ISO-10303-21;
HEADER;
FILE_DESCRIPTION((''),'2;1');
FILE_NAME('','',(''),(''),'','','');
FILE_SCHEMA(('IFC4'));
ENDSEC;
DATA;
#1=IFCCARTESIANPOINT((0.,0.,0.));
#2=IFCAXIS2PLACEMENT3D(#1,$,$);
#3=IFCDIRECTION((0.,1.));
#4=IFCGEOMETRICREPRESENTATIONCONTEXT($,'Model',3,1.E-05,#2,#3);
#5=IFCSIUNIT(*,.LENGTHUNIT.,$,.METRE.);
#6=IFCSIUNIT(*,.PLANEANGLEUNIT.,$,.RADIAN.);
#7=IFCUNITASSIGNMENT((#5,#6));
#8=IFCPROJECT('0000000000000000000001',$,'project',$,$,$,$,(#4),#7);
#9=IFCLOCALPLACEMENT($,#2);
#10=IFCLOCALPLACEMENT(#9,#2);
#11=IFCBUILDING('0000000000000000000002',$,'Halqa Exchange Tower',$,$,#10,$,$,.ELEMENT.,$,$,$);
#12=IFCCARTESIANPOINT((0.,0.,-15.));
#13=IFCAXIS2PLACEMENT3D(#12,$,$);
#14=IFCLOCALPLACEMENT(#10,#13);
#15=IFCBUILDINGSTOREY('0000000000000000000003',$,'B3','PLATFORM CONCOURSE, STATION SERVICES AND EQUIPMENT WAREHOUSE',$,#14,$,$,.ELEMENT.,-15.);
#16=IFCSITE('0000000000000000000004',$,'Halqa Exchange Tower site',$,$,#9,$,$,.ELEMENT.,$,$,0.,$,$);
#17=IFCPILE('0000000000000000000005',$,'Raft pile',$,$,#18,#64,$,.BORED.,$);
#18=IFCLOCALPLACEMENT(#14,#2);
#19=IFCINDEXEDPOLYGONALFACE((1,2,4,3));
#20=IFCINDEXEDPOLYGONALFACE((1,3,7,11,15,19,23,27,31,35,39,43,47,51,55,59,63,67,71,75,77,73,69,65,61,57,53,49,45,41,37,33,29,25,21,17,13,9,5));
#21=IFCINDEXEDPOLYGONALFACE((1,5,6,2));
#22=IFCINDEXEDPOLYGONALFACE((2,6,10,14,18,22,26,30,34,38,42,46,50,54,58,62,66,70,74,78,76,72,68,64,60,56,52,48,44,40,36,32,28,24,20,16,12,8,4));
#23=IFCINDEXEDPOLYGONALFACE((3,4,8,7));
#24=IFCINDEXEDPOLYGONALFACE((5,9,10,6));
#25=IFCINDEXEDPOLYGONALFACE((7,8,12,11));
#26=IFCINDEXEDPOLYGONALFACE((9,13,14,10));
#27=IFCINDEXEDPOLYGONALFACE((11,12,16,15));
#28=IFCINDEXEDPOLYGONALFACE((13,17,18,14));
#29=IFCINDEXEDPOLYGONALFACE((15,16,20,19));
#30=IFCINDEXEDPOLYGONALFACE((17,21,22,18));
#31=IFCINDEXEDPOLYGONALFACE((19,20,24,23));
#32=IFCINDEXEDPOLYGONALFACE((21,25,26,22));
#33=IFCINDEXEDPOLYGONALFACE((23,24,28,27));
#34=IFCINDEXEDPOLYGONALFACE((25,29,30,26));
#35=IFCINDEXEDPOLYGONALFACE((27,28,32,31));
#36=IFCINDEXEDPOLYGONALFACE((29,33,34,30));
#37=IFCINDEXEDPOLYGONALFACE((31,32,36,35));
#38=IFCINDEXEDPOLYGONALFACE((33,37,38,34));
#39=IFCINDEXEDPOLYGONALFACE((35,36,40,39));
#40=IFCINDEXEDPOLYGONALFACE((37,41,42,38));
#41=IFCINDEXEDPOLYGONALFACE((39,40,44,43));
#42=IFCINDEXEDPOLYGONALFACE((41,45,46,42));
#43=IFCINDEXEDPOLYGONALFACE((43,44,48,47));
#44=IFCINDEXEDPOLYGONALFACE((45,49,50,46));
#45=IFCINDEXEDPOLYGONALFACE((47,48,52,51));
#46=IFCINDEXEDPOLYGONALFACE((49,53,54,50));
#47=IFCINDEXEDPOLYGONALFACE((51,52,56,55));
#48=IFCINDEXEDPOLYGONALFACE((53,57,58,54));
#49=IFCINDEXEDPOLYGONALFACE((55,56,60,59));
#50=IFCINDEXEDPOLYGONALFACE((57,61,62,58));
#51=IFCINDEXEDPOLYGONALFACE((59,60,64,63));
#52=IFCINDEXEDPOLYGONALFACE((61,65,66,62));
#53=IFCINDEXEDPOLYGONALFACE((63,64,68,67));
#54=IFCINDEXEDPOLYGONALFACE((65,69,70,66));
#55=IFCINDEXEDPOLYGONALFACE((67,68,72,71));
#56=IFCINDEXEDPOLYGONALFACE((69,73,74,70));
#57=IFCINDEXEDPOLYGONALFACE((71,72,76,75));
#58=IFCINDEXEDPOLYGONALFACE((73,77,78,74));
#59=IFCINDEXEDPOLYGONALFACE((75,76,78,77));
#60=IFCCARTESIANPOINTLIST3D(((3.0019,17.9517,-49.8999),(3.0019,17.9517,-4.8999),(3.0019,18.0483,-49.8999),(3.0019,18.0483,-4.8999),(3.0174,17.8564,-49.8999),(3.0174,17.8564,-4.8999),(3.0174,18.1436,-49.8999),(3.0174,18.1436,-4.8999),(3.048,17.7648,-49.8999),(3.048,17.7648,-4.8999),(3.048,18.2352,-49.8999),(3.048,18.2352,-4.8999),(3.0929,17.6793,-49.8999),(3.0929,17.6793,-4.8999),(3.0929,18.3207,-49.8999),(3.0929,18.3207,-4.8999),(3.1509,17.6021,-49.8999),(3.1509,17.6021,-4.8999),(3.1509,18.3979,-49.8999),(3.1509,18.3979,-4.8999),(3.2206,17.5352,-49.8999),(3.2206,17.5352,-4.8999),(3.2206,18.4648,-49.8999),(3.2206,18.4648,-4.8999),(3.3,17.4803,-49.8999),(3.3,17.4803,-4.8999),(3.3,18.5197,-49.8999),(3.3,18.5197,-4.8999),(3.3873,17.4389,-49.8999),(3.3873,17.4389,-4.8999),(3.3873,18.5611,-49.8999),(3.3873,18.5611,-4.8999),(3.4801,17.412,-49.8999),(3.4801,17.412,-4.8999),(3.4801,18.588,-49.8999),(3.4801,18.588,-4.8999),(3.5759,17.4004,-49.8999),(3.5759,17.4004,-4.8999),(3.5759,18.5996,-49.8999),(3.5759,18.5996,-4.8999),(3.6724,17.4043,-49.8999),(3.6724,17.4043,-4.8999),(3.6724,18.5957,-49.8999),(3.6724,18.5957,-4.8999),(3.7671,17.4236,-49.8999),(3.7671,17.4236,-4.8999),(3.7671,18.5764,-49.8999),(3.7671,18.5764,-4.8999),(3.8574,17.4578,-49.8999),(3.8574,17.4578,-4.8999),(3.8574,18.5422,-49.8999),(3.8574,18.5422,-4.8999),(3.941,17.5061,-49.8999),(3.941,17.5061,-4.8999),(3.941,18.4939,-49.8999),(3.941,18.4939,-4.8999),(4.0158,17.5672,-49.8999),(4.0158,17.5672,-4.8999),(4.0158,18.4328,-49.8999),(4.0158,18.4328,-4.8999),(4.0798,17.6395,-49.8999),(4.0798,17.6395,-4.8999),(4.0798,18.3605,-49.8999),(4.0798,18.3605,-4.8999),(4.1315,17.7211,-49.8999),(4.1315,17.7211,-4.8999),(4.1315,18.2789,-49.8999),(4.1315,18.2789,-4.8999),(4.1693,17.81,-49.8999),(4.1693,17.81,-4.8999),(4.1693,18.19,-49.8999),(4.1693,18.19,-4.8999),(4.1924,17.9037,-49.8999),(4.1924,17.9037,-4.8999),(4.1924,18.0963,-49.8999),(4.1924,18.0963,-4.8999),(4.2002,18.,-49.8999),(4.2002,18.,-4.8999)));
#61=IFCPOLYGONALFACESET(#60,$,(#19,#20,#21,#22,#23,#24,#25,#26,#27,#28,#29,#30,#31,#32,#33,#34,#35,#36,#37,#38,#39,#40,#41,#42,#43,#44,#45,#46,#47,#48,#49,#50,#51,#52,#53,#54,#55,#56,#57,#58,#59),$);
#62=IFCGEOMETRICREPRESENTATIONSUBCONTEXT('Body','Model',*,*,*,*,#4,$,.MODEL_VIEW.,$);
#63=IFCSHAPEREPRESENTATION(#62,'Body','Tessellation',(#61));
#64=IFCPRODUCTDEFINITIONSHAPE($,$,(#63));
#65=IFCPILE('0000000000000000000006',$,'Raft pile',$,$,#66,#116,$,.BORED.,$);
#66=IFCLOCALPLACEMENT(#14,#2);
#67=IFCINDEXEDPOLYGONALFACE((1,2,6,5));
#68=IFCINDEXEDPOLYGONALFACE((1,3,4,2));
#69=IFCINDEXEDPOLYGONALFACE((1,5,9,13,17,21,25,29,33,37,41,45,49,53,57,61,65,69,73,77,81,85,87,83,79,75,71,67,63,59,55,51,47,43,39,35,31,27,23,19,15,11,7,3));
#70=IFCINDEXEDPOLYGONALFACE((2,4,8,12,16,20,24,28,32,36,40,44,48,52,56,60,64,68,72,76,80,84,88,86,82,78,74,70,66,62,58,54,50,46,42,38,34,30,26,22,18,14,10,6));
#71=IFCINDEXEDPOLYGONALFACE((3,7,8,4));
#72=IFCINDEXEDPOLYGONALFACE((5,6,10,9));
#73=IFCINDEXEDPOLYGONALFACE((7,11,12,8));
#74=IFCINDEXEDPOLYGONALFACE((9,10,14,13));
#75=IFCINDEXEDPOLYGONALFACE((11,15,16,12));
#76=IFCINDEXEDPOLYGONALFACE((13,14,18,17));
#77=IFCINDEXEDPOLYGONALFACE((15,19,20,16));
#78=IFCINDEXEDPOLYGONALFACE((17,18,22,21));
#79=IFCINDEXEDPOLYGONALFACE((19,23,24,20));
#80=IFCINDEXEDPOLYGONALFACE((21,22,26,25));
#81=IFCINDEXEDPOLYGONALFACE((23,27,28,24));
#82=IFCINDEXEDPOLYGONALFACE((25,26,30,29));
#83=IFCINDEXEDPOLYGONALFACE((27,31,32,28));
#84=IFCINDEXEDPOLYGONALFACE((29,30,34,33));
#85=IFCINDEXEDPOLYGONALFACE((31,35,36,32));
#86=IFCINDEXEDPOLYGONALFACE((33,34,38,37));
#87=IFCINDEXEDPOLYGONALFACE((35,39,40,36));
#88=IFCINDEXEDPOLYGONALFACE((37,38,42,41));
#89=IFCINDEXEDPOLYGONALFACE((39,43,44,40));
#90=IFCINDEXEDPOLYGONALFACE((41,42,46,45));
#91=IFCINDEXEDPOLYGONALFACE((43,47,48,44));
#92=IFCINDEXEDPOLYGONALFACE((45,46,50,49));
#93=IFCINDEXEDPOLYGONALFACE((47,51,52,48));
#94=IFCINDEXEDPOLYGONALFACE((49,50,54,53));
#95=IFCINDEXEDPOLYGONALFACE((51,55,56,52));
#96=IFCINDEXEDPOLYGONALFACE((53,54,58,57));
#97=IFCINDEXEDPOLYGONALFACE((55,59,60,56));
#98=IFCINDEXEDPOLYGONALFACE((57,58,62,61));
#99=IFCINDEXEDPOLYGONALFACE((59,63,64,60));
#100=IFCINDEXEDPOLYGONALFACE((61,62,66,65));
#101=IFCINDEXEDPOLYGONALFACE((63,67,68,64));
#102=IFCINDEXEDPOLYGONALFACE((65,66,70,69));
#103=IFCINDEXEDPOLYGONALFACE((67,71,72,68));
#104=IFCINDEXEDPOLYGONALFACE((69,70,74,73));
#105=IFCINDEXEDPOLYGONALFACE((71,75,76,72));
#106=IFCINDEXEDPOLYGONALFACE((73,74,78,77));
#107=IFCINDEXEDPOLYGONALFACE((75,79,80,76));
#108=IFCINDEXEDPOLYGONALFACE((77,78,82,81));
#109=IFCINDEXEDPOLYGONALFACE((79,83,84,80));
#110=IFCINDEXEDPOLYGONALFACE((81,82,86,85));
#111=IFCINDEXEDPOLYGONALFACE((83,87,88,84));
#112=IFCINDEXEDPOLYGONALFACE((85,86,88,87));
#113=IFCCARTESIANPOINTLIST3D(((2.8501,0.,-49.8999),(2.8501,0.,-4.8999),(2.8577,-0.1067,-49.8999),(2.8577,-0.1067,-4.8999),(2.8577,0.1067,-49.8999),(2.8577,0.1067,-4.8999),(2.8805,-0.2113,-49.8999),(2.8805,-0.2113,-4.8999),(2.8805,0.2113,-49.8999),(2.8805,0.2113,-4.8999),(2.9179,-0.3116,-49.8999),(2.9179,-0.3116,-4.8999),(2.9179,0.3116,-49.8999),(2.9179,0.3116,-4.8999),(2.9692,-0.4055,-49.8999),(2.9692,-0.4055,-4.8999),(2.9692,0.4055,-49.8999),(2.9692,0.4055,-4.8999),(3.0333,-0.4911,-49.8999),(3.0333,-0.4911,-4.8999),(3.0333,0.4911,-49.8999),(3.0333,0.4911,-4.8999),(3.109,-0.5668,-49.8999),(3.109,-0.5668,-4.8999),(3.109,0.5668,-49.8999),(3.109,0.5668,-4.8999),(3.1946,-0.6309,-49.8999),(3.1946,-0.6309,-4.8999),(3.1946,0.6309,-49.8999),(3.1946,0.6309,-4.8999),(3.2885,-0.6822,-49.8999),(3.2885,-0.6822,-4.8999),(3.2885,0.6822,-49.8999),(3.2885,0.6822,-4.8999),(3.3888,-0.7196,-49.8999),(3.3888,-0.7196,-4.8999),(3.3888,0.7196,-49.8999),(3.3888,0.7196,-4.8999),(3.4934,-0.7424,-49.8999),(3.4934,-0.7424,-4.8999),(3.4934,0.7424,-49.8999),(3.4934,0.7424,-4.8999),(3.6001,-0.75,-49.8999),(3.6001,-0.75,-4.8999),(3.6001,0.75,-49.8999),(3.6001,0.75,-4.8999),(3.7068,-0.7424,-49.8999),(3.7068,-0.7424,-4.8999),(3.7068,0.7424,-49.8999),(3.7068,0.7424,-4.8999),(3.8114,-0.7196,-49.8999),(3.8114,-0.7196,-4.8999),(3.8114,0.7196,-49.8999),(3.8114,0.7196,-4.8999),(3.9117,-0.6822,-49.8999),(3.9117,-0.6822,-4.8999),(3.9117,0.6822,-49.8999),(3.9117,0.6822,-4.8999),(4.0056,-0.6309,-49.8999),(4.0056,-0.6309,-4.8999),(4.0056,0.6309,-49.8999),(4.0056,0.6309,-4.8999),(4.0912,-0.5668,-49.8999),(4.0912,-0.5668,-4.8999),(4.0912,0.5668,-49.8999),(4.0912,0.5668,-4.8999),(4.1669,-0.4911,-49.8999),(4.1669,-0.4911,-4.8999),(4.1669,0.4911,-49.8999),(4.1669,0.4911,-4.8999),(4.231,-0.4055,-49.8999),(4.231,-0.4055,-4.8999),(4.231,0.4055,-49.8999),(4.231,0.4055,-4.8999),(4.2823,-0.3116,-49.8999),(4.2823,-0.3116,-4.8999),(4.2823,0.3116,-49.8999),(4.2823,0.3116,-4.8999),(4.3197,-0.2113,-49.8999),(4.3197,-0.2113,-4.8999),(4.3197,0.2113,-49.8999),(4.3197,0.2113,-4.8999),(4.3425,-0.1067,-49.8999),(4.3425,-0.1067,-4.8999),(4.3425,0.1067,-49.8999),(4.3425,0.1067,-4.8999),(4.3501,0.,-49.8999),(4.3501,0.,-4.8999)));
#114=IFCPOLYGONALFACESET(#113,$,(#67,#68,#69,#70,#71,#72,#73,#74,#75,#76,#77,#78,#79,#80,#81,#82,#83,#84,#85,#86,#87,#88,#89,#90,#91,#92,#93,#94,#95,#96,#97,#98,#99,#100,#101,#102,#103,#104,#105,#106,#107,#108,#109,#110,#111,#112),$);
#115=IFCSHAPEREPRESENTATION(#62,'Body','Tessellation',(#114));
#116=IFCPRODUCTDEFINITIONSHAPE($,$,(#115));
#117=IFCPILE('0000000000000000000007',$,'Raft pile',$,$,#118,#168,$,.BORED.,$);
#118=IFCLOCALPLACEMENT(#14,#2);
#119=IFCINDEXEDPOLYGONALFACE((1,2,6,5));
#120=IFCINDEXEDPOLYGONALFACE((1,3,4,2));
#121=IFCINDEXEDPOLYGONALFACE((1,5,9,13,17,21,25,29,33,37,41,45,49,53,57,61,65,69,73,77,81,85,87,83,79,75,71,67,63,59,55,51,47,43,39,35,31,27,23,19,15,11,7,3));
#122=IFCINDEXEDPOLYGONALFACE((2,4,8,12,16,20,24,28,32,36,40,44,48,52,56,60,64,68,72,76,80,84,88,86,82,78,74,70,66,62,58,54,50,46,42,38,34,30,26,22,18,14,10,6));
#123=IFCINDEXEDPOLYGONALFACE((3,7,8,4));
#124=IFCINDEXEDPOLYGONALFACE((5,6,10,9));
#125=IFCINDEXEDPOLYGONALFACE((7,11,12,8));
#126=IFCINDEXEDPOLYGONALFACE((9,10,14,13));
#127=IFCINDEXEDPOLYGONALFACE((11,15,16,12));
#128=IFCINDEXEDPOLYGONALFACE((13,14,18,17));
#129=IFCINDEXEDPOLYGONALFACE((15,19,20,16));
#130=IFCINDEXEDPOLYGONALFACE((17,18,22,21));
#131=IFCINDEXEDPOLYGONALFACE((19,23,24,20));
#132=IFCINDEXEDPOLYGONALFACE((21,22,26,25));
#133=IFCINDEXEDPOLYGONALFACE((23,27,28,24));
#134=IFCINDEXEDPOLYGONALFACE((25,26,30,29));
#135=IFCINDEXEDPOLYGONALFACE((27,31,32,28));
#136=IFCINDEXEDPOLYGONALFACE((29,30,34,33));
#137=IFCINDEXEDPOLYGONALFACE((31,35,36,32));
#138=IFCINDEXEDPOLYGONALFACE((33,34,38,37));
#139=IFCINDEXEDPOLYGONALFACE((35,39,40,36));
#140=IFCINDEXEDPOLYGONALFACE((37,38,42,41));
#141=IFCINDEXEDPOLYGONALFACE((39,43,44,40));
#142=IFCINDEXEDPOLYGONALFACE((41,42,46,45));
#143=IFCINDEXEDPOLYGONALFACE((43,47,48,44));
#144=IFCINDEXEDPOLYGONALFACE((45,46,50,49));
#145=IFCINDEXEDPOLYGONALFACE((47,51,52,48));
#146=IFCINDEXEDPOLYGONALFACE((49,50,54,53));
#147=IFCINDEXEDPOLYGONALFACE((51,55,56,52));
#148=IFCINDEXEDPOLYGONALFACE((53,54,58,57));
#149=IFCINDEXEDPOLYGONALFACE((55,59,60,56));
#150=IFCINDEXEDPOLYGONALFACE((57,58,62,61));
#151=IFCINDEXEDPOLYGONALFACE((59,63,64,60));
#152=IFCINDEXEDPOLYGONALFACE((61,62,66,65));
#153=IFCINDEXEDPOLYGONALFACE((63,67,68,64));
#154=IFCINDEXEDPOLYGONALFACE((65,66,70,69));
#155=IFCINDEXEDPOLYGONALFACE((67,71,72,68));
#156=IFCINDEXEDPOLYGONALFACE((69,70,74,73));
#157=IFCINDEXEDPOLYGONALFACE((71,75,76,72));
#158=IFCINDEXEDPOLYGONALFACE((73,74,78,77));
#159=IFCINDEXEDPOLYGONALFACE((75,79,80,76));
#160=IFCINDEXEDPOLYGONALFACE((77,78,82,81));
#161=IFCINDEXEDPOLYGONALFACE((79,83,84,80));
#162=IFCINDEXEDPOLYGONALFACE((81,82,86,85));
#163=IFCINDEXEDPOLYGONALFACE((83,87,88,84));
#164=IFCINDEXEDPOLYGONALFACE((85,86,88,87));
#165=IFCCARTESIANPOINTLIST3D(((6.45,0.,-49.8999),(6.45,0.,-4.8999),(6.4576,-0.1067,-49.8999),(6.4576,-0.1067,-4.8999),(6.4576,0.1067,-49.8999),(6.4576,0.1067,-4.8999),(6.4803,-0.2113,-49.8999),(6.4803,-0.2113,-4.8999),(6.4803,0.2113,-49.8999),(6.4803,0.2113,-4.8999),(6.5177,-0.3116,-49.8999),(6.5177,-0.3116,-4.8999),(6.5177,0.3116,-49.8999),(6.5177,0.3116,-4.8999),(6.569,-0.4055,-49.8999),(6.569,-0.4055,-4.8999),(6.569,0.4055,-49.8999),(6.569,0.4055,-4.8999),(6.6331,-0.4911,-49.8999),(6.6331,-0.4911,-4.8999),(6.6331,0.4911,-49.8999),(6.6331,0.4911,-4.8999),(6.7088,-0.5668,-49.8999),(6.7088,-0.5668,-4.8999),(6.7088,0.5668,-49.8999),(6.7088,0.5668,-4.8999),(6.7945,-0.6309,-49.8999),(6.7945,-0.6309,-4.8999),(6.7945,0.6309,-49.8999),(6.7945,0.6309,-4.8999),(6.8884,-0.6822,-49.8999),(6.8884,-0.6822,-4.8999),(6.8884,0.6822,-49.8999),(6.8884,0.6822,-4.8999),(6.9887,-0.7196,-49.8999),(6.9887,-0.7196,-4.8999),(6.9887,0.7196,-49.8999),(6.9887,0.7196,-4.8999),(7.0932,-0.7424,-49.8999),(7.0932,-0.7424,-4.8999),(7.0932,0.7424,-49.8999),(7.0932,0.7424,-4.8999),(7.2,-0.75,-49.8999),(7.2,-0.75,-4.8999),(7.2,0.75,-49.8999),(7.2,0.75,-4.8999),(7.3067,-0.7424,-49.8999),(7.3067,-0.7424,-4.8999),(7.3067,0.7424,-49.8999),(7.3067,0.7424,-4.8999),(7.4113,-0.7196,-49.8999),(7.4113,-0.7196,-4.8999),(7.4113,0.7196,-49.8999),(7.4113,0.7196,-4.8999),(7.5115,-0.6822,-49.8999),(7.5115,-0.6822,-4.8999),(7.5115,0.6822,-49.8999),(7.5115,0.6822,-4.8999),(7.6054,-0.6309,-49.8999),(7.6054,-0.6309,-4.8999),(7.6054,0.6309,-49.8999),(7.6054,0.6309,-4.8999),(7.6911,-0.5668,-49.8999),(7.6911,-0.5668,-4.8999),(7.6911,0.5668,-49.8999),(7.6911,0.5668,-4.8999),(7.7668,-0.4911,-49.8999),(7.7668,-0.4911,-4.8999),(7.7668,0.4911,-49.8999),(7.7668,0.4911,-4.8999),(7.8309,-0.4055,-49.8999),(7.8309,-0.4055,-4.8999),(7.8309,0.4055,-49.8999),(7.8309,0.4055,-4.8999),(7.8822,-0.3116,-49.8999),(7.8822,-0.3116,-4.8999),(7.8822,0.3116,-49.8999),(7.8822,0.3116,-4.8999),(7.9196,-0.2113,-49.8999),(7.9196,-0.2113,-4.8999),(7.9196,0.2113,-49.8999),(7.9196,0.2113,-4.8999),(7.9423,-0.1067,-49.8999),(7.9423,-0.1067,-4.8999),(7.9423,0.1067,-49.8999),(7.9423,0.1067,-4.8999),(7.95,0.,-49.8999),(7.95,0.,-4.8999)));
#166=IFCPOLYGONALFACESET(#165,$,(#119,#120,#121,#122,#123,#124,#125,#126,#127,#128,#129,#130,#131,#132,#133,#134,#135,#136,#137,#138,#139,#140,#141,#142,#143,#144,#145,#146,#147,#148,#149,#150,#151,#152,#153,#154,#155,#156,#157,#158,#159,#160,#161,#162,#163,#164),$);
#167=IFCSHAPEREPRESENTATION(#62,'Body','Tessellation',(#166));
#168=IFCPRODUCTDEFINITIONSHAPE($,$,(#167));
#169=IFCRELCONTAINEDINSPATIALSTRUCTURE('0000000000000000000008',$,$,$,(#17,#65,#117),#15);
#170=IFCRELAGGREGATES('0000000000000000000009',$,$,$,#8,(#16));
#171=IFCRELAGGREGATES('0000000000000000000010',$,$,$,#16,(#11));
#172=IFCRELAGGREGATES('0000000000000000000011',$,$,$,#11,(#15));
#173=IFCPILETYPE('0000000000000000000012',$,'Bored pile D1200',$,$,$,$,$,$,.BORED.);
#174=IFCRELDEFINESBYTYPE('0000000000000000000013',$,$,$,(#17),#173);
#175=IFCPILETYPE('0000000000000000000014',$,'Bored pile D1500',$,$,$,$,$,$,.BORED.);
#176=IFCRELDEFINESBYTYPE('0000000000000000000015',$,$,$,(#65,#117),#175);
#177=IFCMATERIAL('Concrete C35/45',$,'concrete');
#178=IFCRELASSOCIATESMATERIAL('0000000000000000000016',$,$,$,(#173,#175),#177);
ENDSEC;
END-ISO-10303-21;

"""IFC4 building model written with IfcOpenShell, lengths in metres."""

from ifc_helpers import new_model, si_unit, direction, frame, origin, origin_2d, place, context, subcontext, project, spatial, circle, extrude, material, material_profile, profile_set, type_object, element, save


model = new_model("IFC4")

# Units and contexts
model_context = context("Model", 3, precision=1e-05, world=origin(), true_north=direction((0.0, 1.0)))
body_context = subcontext(model_context, "Body", "Model", "MODEL_VIEW")
ifc_project = project(units=[si_unit("LENGTHUNIT", "METRE"), si_unit("PLANEANGLEUNIT", "RADIAN")], contexts=[model_context])

# Site, building, storey
site_placement = place(None, origin())
site = spatial("IfcSite", under=ifc_project, at=site_placement, Name="Halqa Exchange Tower site", CompositionType="ELEMENT", RefElevation=0.0)
building_placement = place(site_placement, origin())
building = spatial("IfcBuilding", under=site, at=building_placement, Name="Halqa Exchange Tower", CompositionType="ELEMENT")
storey_placement = place(building_placement, frame((0.0, 0.0, -15.0)))
storey = spatial("IfcBuildingStorey", under=building, at=storey_placement, Name="B3", Description="PLATFORM CONCOURSE, STATION SERVICES AND EQUIPMENT WAREHOUSE", CompositionType="ELEMENT", Elevation=-15.0)

# Piles
ifc_material_1 = material(Name="Concrete C35/45", Category="concrete")
ifc_material_profile_1 = material_profile(ifc_material_1, circle(Radius=0.6001, at=origin_2d()), Name="D1200")
ifc_profile_set_1 = profile_set([ifc_material_profile_1], Name="Concrete C35/45")
pile_type_1 = type_object("IfcPileType", Name="Bored pile D1200", PredefinedType="BORED", material=ifc_profile_set_1)
pile_placement = place(storey_placement, frame((3.6001, 18.0, -4.8999), z_axis=(0.0, 0.0, -1.0), x_axis=(1.0, 0.0, 0.0)))
element("IfcPile", 1, at=pile_placement, inside=storey, type_object=pile_type_1, Name="Raft pile", PredefinedType="BORED", context=body_context, shape_type="SweptSolid", body=[
    extrude(circle(Radius=0.6001, at=origin_2d()), origin(), (0.0, 0.0, 1.0), 45.0),
])
ifc_material_profile_2 = material_profile(ifc_material_1, circle(Radius=0.75, at=origin_2d()), Name="D1500")
ifc_profile_set_2 = profile_set([ifc_material_profile_2], Name="Concrete C35/45")
pile_type_2 = type_object("IfcPileType", Name="Bored pile D1500", PredefinedType="BORED", material=ifc_profile_set_2)
for number, where, z_axis, x_axis, name in (
    (2, (3.6001, 0.0, -4.8999), (0.0, 0.0, -1.0), (1.0, 0.0, 0.0), "Raft pile"),
    (3, (7.2, 0.0, -4.8999), (0.0, 0.0, -1.0), (1.0, 0.0, 0.0), "Raft pile"),
):
    element("IfcPile", number, at=place(storey_placement, frame(where, z_axis=z_axis, x_axis=x_axis)), inside=storey, type_object=pile_type_2, Name=name, PredefinedType="BORED", context=body_context, shape_type="SweptSolid", body=[
        extrude(circle(Radius=0.75, at=origin_2d()), origin(), (0.0, 0.0, 1.0), 45.0),
    ])

save(model, "model.ifc")
